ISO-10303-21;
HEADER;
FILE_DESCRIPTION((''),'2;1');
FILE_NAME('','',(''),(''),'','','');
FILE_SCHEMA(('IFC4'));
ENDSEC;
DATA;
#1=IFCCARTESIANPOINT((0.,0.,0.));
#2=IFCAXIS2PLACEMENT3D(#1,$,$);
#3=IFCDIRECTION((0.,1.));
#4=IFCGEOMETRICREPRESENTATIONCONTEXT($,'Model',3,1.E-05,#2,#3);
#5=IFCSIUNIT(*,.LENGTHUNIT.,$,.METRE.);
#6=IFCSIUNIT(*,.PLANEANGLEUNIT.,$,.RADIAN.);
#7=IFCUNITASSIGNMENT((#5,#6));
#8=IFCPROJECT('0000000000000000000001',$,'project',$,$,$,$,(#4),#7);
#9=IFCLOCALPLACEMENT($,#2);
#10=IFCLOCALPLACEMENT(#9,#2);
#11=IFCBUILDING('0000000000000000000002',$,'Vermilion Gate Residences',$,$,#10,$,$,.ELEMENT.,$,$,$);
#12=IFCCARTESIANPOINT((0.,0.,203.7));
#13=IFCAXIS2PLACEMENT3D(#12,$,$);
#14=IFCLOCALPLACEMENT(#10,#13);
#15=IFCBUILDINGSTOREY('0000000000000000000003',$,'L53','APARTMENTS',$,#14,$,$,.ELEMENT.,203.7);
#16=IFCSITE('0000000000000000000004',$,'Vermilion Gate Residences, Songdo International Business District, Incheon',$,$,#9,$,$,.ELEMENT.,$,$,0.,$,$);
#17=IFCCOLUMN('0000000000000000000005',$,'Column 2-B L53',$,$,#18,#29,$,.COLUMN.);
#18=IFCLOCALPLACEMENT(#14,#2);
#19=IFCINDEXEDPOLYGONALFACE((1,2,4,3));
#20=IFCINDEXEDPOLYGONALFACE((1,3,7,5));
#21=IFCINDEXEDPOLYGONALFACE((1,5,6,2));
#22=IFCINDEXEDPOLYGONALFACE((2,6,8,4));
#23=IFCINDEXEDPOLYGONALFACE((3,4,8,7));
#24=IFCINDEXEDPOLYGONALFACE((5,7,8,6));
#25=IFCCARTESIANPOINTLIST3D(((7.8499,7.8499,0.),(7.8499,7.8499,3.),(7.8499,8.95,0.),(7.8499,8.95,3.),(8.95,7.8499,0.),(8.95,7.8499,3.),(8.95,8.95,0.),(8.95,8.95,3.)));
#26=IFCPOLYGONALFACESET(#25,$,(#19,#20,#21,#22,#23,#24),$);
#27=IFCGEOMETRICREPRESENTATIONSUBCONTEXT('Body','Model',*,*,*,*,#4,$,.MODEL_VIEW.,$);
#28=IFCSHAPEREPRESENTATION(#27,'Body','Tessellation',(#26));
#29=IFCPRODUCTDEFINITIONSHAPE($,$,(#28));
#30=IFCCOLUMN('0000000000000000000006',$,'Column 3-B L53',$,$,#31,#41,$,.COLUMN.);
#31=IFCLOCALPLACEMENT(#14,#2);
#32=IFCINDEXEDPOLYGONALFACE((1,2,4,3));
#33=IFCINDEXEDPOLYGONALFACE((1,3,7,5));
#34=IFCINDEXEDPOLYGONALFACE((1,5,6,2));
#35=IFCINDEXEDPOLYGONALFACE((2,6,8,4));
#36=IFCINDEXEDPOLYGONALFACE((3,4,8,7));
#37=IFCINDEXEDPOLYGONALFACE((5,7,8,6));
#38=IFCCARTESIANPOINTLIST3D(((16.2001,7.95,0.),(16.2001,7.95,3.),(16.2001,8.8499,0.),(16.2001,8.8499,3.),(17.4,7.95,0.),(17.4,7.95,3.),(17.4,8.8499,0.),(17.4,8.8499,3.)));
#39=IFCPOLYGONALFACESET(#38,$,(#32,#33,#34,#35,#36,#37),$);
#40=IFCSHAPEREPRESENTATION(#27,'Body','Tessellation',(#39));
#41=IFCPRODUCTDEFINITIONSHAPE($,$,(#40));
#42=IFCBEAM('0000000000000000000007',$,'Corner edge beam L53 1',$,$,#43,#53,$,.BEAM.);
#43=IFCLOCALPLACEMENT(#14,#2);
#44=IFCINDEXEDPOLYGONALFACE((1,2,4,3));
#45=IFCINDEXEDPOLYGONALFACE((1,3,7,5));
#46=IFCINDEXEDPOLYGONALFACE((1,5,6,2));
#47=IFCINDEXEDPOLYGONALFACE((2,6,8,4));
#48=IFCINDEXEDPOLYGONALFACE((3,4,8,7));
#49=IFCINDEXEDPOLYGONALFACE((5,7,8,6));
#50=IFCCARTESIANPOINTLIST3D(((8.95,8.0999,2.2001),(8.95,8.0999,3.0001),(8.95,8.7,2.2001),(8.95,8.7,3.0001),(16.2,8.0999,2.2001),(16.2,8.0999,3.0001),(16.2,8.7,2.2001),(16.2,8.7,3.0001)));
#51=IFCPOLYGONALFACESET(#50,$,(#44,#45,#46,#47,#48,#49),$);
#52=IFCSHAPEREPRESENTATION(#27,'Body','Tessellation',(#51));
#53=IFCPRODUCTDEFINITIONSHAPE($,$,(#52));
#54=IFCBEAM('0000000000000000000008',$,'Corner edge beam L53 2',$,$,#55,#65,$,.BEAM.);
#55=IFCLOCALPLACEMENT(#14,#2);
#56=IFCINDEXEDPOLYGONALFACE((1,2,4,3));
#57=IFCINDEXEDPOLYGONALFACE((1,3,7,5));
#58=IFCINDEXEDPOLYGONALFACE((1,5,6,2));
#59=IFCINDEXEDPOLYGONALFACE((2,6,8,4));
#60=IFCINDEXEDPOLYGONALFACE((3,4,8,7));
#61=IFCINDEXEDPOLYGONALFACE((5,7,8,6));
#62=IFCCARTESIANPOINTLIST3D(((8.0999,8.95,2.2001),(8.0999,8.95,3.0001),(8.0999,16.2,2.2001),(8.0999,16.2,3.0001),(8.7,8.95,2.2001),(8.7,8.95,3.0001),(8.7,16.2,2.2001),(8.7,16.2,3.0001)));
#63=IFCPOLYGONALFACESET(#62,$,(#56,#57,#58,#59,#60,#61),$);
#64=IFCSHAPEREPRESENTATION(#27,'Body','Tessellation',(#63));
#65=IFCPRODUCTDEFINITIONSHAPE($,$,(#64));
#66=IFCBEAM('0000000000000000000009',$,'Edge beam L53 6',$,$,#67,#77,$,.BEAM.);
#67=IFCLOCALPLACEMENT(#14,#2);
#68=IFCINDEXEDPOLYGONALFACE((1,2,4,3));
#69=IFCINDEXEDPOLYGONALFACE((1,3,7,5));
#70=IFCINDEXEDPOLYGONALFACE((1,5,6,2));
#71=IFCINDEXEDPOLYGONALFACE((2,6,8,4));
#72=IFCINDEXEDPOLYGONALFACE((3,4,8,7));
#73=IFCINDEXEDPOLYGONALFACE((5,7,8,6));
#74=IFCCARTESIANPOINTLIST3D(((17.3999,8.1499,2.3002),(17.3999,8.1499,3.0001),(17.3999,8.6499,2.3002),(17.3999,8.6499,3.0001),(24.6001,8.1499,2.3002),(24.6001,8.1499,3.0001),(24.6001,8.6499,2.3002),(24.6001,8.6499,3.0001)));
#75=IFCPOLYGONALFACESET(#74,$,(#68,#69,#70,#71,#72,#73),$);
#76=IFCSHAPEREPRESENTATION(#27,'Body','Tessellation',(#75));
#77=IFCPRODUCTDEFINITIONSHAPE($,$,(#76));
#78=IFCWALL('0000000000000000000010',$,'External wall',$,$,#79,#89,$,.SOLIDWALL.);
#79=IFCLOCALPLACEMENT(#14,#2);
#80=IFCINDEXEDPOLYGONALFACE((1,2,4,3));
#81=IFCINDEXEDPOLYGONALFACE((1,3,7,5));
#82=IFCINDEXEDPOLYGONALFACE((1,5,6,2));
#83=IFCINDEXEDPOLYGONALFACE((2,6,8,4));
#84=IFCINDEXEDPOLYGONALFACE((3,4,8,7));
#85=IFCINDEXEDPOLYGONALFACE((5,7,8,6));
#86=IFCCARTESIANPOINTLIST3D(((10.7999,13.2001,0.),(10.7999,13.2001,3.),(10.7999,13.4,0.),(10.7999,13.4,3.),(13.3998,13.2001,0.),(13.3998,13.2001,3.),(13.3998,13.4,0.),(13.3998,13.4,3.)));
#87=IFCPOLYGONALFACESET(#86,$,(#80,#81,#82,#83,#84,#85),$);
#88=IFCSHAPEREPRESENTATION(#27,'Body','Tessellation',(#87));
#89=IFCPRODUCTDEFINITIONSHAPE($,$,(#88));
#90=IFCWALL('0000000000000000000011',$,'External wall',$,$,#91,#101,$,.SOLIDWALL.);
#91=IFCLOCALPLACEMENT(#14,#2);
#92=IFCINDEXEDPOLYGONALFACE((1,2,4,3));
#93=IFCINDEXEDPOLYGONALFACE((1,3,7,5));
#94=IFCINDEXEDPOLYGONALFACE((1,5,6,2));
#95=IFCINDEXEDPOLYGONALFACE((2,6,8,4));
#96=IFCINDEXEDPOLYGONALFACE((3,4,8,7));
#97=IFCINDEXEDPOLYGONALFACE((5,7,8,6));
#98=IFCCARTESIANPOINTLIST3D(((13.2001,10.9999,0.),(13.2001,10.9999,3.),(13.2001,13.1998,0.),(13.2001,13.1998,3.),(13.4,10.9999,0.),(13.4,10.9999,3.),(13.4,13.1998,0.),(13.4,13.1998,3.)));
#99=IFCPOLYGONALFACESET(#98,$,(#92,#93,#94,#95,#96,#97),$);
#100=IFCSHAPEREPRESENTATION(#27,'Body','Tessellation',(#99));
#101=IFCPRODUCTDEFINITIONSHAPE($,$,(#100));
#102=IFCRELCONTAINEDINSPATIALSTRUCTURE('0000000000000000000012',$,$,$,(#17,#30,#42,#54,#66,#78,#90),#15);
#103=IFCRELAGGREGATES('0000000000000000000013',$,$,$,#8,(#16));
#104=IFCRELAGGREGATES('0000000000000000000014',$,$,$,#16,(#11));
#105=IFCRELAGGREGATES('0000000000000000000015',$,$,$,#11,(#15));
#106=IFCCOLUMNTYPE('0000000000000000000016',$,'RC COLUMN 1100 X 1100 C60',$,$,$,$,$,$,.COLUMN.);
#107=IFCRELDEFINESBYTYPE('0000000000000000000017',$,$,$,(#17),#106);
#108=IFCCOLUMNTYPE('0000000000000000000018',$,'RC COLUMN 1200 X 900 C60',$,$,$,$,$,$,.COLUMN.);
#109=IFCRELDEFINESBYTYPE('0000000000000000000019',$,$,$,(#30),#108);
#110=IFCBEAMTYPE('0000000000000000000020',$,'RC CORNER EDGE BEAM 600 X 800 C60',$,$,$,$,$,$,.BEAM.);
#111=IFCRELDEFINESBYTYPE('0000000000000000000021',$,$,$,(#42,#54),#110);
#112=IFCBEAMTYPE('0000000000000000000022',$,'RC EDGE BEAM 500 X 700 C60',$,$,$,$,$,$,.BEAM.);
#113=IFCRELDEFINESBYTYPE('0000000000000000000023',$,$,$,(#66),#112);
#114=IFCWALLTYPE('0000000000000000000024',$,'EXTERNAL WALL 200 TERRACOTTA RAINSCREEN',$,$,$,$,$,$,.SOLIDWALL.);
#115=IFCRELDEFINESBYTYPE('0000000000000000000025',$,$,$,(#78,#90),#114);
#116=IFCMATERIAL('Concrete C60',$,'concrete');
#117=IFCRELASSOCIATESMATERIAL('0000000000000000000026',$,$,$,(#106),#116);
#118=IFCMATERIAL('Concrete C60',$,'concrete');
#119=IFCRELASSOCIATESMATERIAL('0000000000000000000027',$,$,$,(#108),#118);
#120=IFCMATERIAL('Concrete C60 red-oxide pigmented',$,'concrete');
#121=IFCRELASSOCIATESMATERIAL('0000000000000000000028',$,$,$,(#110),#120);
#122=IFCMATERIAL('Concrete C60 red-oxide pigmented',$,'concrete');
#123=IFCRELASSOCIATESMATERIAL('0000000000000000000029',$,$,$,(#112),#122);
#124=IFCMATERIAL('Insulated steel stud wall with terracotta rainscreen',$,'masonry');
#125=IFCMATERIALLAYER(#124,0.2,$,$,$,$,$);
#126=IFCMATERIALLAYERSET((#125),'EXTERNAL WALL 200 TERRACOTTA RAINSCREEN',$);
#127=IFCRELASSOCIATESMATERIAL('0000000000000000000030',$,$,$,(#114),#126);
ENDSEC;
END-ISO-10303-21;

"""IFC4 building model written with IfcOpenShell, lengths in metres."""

from ifc_helpers import new_model, si_unit, direction, frame, frame_2d, origin, origin_2d, place, context, subcontext, project, spatial, rectangle, extrude, material, layer, layer_set, material_profile, profile_set, type_object, element, save


model = new_model("IFC4")

# Units and contexts
model_context = context("Model", 3, precision=1e-05, world=origin(), true_north=direction((0.0, 1.0)))
body_context = subcontext(model_context, "Body", "Model", "MODEL_VIEW")
ifc_project = project(units=[si_unit("LENGTHUNIT", "METRE"), si_unit("PLANEANGLEUNIT", "RADIAN")], contexts=[model_context])

# Site, building, storey
site_placement = place(None, origin())
site = spatial("IfcSite", under=ifc_project, at=site_placement, Name="Vermilion Gate Residences, Songdo International Business District, Incheon", CompositionType="ELEMENT", RefElevation=0.0)
building_placement = place(site_placement, origin())
building = spatial("IfcBuilding", under=site, at=building_placement, Name="Vermilion Gate Residences", CompositionType="ELEMENT")
storey_placement = place(building_placement, frame((0.0, 0.0, 203.7)))
storey = spatial("IfcBuildingStorey", under=building, at=storey_placement, Name="L53", Description="APARTMENTS", CompositionType="ELEMENT", Elevation=203.7)

# Columns
ifc_material_1 = material(Name="Concrete C60", Category="concrete")
ifc_material_profile_1 = material_profile(ifc_material_1, rectangle(XDim=1.1001, YDim=1.1001, at=origin_2d()), Name="RC-1100x1100")
ifc_profile_set_1 = profile_set([ifc_material_profile_1], Name="Concrete C60")
column_type_1 = type_object("IfcColumnType", Name="RC COLUMN 1100 X 1100 C60", PredefinedType="COLUMN", material=ifc_profile_set_1)
column_1_placement = place(storey_placement, frame((8.3999, 8.3999, 0.0), z_axis=(0.0, 0.0, 1.0), x_axis=(1.0, 0.0, 0.0)))
element("IfcColumn", 1, at=column_1_placement, inside=storey, type_object=column_type_1, Name="Column 2-B L53", PredefinedType="COLUMN", context=body_context, shape_type="SweptSolid", body=[
    extrude(rectangle(XDim=1.1001, YDim=1.1001, at=origin_2d()), origin(), (0.0, 0.0, 1.0), 3.0),
])
ifc_material_2 = material(Name="Concrete C60", Category="concrete")
ifc_material_profile_2 = material_profile(ifc_material_2, rectangle(XDim=1.2, YDim=0.8999, at=origin_2d()), Name="RC-1200x900")
ifc_profile_set_2 = profile_set([ifc_material_profile_2], Name="Concrete C60")
column_type_2 = type_object("IfcColumnType", Name="RC COLUMN 1200 X 900 C60", PredefinedType="COLUMN", material=ifc_profile_set_2)
column_2_placement = place(storey_placement, frame((16.8, 8.3999, 0.0), z_axis=(0.0, 0.0, 1.0), x_axis=(1.0, 0.0, 0.0)))
element("IfcColumn", 2, at=column_2_placement, inside=storey, type_object=column_type_2, Name="Column 3-B L53", PredefinedType="COLUMN", context=body_context, shape_type="SweptSolid", body=[
    extrude(rectangle(XDim=1.2, YDim=0.8999, at=origin_2d()), origin(), (0.0, 0.0, 1.0), 3.0),
])

# Beams
ifc_material_3 = material(Name="Concrete C60 red-oxide pigmented", Category="concrete")
ifc_material_profile_3 = material_profile(ifc_material_3, rectangle(XDim=0.6001, YDim=0.8, at=origin_2d()), Name="RC-600x800")
ifc_profile_set_3 = profile_set([ifc_material_profile_3], Name="Concrete C60 red-oxide pigmented")
beam_type_1 = type_object("IfcBeamType", Name="RC CORNER EDGE BEAM 600 X 800 C60", PredefinedType="BEAM", material=ifc_profile_set_3)
for number, where, z_axis, x_axis, name in (
    (3, (8.95, 8.3999, 2.6001), (1.0, 0.0, 0.0), (0.0, 1.0, 0.0), "Corner edge beam L53 1"),
    (4, (8.3999, 8.95, 2.6001), (0.0, 1.0, 0.0), (-1.0, 0.0, 0.0), "Corner edge beam L53 2"),
):
    element("IfcBeam", number, at=place(storey_placement, frame(where, z_axis=z_axis, x_axis=x_axis)), inside=storey, type_object=beam_type_1, Name=name, PredefinedType="BEAM", context=body_context, shape_type="SweptSolid", body=[
        extrude(rectangle(XDim=0.6001, YDim=0.8, at=origin_2d()), origin(), (0.0, 0.0, 1.0), 7.25),
    ])
ifc_material_4 = material(Name="Concrete C60 red-oxide pigmented", Category="concrete")
ifc_material_profile_4 = material_profile(ifc_material_4, rectangle(XDim=0.5, YDim=0.7, at=origin_2d()), Name="RC-500x700")
ifc_profile_set_4 = profile_set([ifc_material_profile_4], Name="Concrete C60 red-oxide pigmented")
beam_type_2 = type_object("IfcBeamType", Name="RC EDGE BEAM 500 X 700 C60", PredefinedType="BEAM", material=ifc_profile_set_4)
beam_placement = place(storey_placement, frame((17.3999, 8.3999, 2.6501), z_axis=(1.0, 0.0, 0.0), x_axis=(0.0, 1.0, 0.0)))
element("IfcBeam", 5, at=beam_placement, inside=storey, type_object=beam_type_2, Name="Edge beam L53 6", PredefinedType="BEAM", context=body_context, shape_type="SweptSolid", body=[
    extrude(rectangle(XDim=0.5, YDim=0.7, at=origin_2d()), origin(), (0.0, 0.0, 1.0), 7.2002),
])

# Walls
ifc_material_5 = material(Name="Insulated steel stud wall with terracotta rainscreen", Category="masonry")
ifc_layer_1 = layer(ifc_material_5, 0.2)
ifc_layer_set_1 = layer_set([ifc_layer_1], Name="EXTERNAL WALL 200 TERRACOTTA RAINSCREEN")
wall_type_1 = type_object("IfcWallType", Name="EXTERNAL WALL 200 TERRACOTTA RAINSCREEN", PredefinedType="SOLIDWALL", material=ifc_layer_set_1)
wall_1_placement = place(storey_placement, frame((10.8, 13.3, 0.0), z_axis=(0.0, 0.0, 1.0), x_axis=(1.0, 0.0, 0.0)))
element("IfcWall", 6, at=wall_1_placement, inside=storey, type_object=wall_type_1, Name="External wall", PredefinedType="SOLIDWALL", context=body_context, shape_type="SweptSolid", body=[
    extrude(rectangle(XDim=2.5999, YDim=0.2, at=frame_2d((1.2998, 0.0))), origin(), (0.0, 0.0, 1.0), 3.0),
])
wall_2_placement = place(storey_placement, frame((13.3, 13.2, 0.0), z_axis=(0.0, 0.0, 1.0), x_axis=(0.0, -1.0, 0.0)))
element("IfcWall", 7, at=wall_2_placement, inside=storey, type_object=wall_type_1, Name="External wall", PredefinedType="SOLIDWALL", context=body_context, shape_type="SweptSolid", body=[
    extrude(rectangle(XDim=2.2, YDim=0.2, at=frame_2d((1.1001, 0.0))), origin(), (0.0, 0.0, 1.0), 3.0),
])

save(model, "model.ifc")
